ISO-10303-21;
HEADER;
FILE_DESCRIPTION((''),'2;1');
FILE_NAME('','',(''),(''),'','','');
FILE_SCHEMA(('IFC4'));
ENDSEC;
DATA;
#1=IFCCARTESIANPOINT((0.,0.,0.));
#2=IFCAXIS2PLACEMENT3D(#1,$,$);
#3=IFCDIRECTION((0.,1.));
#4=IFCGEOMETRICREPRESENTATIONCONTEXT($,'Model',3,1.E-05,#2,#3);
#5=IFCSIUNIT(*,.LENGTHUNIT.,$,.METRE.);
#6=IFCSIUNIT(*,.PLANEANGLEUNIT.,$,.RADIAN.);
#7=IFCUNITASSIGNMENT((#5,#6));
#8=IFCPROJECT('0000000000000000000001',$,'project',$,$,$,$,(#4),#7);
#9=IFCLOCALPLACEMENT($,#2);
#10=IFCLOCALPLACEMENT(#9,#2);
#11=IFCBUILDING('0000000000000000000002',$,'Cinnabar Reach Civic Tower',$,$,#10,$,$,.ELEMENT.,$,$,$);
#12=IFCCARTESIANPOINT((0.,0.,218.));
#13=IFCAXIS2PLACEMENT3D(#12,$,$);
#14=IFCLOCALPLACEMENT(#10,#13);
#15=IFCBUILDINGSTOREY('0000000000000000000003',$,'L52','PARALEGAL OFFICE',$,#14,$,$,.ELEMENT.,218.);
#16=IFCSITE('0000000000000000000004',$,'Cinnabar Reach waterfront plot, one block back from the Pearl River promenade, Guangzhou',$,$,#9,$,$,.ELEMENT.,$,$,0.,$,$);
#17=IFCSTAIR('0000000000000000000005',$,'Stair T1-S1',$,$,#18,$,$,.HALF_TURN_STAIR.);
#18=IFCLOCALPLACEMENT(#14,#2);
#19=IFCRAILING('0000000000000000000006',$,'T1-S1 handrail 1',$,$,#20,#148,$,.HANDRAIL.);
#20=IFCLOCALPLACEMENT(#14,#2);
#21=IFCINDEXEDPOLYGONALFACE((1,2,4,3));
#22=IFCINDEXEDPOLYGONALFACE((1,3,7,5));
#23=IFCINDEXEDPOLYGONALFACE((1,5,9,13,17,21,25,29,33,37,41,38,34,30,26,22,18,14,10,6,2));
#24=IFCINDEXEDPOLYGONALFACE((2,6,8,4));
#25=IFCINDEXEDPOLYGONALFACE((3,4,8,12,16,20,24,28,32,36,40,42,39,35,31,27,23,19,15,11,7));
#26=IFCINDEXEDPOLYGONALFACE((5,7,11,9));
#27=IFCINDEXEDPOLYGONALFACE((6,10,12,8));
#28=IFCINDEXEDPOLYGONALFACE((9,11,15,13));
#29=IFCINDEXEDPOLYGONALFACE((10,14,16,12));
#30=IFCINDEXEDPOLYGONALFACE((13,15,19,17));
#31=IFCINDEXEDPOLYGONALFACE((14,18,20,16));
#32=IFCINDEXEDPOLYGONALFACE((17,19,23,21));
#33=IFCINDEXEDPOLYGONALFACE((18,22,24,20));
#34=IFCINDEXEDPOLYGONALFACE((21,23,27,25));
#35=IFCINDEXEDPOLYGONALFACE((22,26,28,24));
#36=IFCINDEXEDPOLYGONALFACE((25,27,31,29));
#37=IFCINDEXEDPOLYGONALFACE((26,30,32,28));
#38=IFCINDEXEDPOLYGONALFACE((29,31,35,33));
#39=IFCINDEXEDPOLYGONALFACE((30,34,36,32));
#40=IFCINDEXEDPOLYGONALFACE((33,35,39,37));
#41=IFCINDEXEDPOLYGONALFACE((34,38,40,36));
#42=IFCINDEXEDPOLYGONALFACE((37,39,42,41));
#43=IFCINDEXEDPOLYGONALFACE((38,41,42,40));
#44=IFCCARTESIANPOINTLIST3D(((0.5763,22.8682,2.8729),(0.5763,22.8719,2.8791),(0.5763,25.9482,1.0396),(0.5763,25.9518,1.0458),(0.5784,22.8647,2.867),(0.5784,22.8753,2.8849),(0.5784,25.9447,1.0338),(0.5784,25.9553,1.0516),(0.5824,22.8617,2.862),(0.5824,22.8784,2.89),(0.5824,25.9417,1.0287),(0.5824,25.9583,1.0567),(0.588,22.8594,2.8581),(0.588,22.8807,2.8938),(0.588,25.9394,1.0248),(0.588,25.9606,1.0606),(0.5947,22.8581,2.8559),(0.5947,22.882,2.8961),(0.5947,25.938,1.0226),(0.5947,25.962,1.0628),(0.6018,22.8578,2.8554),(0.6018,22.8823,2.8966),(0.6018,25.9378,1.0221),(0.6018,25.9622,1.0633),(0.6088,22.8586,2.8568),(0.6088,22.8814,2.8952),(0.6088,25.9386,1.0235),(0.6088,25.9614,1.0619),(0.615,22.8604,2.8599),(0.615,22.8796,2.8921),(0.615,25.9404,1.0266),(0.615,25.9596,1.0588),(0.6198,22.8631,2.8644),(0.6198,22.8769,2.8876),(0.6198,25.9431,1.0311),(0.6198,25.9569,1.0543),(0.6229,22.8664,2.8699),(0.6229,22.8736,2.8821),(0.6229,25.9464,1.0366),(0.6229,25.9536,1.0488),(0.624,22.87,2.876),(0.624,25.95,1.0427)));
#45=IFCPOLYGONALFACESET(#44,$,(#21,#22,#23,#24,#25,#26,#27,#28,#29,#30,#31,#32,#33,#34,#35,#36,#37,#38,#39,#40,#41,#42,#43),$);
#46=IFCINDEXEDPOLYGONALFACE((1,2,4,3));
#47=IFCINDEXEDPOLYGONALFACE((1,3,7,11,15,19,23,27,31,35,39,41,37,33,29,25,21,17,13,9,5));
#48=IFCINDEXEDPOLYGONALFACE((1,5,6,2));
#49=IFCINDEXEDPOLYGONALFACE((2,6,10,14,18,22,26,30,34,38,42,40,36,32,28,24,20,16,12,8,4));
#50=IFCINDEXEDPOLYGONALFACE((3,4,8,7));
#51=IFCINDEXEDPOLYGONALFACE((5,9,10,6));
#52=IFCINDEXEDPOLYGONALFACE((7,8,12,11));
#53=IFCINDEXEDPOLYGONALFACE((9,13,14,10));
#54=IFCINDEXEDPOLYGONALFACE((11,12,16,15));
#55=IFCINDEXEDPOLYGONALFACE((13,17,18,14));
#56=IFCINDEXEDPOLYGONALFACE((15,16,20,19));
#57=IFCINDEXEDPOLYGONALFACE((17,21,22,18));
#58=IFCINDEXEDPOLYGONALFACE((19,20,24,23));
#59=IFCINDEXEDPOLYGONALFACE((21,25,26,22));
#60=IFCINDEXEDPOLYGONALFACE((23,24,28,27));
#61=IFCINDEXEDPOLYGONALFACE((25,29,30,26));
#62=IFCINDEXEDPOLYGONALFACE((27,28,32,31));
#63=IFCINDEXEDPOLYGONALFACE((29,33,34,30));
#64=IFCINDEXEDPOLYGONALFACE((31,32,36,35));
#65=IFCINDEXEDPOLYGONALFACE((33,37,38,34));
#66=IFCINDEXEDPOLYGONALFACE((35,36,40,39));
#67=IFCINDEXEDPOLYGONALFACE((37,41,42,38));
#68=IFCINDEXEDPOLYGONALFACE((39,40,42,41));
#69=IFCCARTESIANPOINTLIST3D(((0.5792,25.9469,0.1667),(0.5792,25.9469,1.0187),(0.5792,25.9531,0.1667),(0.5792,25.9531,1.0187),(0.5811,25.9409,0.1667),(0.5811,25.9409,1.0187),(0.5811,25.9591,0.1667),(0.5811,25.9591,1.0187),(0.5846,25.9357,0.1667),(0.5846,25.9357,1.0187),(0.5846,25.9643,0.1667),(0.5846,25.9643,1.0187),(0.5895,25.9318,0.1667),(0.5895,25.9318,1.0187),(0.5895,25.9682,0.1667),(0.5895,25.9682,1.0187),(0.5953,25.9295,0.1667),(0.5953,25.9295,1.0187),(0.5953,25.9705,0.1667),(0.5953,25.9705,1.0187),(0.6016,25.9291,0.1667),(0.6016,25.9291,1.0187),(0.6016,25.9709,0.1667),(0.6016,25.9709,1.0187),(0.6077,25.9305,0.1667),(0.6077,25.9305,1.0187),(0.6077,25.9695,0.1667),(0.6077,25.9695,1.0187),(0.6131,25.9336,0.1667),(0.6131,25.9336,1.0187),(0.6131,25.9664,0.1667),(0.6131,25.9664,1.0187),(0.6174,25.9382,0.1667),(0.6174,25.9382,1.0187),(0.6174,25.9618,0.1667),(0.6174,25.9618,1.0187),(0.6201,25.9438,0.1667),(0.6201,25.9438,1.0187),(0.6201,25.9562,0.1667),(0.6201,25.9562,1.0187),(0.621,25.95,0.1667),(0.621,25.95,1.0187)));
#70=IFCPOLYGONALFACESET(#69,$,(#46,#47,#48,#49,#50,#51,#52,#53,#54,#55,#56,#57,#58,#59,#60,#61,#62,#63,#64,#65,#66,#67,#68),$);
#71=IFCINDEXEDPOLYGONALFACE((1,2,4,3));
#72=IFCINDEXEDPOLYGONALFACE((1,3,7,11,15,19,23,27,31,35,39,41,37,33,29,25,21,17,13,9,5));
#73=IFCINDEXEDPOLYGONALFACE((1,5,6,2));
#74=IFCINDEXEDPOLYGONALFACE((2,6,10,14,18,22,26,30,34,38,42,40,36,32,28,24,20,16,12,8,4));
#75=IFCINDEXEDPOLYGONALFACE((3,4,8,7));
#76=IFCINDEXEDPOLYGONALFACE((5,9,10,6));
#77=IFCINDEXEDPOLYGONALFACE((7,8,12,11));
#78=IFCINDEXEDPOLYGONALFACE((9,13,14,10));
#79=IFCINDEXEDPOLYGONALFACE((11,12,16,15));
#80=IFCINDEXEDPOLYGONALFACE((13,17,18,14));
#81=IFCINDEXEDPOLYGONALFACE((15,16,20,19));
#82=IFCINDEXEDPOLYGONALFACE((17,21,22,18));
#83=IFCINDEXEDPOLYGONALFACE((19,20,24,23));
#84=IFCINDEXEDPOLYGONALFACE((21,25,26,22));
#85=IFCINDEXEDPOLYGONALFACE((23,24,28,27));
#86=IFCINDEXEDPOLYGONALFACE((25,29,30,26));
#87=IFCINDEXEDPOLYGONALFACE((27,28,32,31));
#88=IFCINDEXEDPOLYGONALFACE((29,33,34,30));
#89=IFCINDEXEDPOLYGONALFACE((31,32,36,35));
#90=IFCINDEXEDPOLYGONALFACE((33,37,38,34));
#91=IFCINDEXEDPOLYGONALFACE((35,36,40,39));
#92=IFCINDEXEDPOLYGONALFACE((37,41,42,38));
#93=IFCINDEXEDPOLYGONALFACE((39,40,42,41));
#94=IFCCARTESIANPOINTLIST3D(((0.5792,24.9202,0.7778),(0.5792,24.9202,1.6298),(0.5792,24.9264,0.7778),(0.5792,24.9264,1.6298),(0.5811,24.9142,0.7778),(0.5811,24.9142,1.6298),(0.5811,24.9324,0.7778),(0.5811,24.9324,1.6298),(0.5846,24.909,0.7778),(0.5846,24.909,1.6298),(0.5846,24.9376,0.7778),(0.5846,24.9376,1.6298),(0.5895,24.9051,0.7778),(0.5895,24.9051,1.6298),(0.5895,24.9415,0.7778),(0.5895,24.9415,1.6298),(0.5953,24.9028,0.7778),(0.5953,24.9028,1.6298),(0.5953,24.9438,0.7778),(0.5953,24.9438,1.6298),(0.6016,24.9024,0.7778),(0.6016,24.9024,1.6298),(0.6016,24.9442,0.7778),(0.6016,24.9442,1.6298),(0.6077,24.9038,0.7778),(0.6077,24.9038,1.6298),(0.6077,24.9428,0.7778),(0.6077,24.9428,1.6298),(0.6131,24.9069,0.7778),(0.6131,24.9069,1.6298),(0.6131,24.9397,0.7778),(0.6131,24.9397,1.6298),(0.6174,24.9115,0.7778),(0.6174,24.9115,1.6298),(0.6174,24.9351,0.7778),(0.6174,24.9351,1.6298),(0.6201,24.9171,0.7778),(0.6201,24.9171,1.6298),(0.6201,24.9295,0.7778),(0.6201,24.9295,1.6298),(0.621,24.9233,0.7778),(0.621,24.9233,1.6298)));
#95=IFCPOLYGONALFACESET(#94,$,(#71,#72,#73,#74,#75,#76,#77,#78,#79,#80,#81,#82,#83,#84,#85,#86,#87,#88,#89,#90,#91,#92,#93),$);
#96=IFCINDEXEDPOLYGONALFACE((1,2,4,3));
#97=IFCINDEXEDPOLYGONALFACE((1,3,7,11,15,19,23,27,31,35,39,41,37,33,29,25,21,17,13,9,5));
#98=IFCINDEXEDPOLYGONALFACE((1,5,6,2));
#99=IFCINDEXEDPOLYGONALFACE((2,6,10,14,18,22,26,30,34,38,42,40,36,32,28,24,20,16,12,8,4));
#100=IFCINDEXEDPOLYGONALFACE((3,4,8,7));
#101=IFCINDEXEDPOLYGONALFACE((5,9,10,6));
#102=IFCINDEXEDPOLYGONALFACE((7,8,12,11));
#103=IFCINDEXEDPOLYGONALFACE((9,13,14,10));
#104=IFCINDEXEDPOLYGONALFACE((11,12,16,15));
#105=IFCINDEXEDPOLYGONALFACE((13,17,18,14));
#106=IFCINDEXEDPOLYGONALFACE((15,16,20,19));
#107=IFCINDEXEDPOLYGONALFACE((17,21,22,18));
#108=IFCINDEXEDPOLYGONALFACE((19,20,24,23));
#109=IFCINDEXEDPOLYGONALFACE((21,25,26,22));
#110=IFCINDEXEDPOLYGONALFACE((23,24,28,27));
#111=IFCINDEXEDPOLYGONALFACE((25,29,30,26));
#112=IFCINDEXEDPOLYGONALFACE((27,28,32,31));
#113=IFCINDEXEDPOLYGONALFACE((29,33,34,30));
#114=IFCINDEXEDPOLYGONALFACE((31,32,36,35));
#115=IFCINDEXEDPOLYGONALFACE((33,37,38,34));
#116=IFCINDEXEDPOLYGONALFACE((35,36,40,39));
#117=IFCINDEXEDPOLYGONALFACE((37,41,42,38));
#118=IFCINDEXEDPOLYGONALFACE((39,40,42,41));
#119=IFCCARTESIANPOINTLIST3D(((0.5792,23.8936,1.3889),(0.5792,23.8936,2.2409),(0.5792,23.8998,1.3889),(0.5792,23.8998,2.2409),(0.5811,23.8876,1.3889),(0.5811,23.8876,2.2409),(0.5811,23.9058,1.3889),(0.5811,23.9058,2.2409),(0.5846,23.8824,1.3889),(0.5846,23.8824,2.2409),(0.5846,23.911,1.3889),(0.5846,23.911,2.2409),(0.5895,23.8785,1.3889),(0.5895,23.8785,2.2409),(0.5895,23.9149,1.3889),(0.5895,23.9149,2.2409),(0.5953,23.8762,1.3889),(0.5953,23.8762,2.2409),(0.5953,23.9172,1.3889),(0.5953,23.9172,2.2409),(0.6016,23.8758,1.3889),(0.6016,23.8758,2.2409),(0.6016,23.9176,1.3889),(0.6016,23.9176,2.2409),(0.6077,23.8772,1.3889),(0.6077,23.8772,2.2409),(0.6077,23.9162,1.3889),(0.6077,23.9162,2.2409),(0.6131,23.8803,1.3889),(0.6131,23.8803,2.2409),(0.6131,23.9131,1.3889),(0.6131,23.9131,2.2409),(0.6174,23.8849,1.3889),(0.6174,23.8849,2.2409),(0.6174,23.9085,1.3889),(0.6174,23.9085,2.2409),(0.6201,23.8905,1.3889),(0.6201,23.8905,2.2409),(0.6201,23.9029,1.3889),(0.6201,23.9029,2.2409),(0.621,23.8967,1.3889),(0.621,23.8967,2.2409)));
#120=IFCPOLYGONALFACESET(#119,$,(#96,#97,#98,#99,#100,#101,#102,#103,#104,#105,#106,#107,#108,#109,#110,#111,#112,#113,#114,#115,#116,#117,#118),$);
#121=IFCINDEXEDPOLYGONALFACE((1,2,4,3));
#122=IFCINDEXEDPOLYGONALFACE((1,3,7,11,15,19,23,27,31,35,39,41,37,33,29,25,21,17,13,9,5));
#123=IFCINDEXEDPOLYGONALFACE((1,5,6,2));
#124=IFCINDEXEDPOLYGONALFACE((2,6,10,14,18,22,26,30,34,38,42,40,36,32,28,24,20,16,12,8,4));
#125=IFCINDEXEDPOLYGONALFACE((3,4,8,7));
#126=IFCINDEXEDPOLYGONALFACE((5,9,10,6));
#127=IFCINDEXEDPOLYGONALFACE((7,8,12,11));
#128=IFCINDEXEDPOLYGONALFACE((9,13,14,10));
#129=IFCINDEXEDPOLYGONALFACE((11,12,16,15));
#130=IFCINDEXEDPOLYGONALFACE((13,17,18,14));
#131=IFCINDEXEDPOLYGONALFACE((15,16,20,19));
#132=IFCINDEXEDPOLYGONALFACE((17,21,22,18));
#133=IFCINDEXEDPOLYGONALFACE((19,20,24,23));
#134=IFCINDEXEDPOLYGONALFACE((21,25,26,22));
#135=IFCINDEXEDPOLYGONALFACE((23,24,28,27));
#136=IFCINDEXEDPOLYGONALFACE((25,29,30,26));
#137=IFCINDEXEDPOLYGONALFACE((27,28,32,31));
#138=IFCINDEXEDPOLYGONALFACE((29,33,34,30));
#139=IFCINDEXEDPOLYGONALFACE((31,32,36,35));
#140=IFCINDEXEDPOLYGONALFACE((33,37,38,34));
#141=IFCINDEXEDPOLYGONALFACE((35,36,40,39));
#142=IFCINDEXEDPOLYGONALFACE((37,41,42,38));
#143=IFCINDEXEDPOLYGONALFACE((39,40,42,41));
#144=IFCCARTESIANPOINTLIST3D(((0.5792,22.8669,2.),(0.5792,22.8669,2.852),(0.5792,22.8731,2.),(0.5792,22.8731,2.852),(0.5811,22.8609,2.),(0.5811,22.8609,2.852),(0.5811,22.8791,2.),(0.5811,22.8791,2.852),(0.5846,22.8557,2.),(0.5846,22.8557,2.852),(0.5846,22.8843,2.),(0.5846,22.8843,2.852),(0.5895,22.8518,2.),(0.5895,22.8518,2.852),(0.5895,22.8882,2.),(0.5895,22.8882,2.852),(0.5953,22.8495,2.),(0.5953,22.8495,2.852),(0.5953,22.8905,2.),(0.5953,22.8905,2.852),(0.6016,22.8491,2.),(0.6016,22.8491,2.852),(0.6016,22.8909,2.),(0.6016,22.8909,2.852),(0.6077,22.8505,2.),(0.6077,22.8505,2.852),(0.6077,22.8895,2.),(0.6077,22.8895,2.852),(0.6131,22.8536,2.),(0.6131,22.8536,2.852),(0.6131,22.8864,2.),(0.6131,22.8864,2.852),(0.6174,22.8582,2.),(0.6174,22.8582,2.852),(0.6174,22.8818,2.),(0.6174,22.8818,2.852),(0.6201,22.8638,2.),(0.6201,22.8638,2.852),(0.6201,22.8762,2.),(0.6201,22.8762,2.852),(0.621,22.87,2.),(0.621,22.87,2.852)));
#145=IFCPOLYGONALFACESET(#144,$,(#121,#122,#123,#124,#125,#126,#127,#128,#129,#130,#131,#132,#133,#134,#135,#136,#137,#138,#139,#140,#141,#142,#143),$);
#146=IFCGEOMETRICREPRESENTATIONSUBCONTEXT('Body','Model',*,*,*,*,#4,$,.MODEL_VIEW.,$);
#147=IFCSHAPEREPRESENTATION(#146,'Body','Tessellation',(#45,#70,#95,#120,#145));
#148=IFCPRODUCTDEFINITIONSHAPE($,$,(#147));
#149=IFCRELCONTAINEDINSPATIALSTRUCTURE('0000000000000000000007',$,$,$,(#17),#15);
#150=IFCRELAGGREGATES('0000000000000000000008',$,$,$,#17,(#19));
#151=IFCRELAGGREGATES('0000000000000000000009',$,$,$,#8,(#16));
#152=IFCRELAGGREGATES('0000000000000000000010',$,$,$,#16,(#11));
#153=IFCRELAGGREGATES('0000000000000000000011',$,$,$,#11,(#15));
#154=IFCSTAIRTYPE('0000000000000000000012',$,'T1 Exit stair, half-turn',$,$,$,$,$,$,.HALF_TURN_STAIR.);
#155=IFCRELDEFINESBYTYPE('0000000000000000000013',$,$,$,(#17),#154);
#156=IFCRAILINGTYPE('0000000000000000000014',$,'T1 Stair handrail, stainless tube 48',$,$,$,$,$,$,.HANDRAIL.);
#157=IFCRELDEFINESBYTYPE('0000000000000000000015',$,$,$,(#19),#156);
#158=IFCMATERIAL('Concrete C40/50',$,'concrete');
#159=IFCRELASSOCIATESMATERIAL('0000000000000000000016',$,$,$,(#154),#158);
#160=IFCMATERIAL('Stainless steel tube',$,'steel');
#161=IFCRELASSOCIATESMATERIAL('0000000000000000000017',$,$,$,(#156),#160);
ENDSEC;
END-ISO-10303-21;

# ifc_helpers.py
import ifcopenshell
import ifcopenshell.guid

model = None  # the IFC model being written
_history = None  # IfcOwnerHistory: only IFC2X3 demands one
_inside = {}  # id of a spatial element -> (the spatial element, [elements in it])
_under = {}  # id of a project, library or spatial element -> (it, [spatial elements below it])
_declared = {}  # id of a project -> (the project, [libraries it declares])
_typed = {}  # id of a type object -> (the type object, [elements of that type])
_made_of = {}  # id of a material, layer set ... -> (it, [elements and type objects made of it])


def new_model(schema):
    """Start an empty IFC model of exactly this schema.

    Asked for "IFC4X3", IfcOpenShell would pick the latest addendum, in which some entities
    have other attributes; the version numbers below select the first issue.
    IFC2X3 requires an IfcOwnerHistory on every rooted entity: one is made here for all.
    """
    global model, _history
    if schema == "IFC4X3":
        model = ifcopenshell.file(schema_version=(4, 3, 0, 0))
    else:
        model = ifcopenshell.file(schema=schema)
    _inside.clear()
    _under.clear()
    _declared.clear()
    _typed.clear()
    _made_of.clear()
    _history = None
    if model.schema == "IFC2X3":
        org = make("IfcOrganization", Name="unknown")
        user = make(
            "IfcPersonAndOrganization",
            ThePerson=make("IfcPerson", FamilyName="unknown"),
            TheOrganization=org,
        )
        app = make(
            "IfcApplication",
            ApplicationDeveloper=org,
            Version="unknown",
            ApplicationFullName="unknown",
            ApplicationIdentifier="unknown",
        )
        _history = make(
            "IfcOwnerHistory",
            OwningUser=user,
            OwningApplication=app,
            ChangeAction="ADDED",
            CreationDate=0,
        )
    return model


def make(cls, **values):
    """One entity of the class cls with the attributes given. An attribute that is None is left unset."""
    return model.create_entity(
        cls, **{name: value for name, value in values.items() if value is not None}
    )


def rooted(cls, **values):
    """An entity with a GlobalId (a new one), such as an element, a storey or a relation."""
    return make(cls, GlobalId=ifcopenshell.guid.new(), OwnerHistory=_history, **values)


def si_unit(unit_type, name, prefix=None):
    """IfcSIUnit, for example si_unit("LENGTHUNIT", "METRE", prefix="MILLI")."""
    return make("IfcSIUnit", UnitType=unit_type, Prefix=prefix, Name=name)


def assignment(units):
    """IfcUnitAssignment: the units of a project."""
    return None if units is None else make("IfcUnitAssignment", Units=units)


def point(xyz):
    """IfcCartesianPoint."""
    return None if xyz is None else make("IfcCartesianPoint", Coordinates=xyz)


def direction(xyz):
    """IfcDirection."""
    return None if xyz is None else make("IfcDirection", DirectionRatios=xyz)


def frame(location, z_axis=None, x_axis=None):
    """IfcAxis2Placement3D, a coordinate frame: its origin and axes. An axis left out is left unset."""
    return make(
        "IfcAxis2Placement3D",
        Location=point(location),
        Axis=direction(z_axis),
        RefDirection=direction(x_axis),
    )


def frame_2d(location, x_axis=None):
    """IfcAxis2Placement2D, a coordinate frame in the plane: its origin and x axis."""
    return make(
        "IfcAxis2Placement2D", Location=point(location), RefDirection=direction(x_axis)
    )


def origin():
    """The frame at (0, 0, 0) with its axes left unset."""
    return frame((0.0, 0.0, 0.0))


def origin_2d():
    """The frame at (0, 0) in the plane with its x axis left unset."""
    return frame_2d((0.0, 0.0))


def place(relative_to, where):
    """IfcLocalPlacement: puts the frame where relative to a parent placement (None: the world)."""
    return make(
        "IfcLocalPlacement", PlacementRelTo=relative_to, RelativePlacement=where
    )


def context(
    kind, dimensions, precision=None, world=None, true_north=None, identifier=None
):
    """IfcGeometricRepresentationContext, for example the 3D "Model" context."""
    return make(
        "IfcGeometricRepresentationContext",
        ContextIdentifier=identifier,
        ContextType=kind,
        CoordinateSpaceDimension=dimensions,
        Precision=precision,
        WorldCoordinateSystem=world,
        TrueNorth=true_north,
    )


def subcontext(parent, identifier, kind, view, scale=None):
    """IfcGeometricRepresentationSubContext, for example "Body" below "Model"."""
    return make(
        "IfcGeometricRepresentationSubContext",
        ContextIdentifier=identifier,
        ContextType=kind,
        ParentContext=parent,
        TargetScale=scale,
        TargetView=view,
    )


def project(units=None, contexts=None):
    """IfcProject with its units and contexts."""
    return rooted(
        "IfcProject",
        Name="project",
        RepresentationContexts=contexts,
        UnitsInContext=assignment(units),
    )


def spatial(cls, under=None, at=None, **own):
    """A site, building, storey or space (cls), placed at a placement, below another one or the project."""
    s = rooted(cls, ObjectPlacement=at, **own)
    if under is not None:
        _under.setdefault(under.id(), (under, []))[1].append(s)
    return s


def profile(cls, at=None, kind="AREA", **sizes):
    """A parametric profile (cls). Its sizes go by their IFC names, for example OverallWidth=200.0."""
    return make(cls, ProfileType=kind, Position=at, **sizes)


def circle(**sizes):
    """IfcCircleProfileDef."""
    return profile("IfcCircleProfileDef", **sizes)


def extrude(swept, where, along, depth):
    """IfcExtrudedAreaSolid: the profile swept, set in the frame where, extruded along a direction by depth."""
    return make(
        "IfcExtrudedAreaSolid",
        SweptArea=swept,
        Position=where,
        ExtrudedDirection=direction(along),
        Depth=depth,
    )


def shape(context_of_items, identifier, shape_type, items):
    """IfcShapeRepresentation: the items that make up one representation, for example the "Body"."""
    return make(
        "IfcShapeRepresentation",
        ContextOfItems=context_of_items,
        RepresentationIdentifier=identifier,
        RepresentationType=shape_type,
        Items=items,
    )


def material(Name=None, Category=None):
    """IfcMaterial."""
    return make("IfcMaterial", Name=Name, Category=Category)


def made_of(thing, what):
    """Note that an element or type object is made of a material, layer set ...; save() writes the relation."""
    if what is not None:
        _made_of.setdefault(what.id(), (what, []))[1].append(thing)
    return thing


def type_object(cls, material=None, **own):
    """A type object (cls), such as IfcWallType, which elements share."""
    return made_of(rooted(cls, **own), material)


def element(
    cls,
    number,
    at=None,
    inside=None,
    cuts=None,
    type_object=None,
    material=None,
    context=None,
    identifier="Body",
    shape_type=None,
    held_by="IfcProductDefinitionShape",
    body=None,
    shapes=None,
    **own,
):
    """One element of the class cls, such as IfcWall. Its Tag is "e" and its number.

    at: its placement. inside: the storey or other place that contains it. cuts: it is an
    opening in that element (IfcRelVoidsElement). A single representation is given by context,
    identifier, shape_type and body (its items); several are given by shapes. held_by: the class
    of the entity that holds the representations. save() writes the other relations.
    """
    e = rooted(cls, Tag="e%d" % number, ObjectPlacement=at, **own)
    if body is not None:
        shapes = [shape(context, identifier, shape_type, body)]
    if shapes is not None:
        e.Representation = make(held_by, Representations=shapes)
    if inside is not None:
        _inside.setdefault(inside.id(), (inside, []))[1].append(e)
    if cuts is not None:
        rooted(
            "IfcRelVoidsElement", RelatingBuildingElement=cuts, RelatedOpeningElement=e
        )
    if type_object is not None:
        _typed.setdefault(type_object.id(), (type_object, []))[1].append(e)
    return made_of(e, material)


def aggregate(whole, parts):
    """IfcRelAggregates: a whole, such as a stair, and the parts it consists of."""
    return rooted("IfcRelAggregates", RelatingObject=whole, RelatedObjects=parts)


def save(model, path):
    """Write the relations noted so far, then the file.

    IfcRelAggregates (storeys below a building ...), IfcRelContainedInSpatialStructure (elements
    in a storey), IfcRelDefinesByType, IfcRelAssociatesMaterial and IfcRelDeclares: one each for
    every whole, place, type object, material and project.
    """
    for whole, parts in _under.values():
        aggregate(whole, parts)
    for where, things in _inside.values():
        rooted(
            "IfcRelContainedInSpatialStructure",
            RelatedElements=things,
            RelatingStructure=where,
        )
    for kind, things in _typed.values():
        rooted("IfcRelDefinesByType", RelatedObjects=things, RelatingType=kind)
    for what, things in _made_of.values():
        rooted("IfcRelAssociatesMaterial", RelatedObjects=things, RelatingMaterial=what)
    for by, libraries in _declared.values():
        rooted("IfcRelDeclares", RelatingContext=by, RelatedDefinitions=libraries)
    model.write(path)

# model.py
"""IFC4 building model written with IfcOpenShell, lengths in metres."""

from ifc_helpers import new_model, si_unit, direction, frame, origin, origin_2d, place, context, subcontext, project, spatial, circle, extrude, material, type_object, element, aggregate, save


model = new_model("IFC4")

# Units and contexts
model_context = context("Model", 3, precision=1e-05, world=origin(), true_north=direction((0.0, 1.0)))
body_context = subcontext(model_context, "Body", "Model", "MODEL_VIEW")
ifc_project = project(units=[si_unit("LENGTHUNIT", "METRE"), si_unit("PLANEANGLEUNIT", "RADIAN")], contexts=[model_context])

# Site, building, storey
site_placement = place(None, origin())
site = spatial("IfcSite", under=ifc_project, at=site_placement, Name="Cinnabar Reach waterfront plot, one block back from the Pearl River promenade, Guangzhou", CompositionType="ELEMENT", RefElevation=0.0)
building_placement = place(site_placement, origin())
building = spatial("IfcBuilding", under=site, at=building_placement, Name="Cinnabar Reach Civic Tower", CompositionType="ELEMENT")
storey_placement = place(building_placement, frame((0.0, 0.0, 218.0)))
storey = spatial("IfcBuildingStorey", under=building, at=storey_placement, Name="L52", Description="PARALEGAL OFFICE", CompositionType="ELEMENT", Elevation=218.0)

# Shared definitions
ifc_material_1 = material(Name="Concrete C40/50", Category="concrete")

# Stair, railing
stair_type = type_object("IfcStairType", Name="T1 Exit stair, half-turn", PredefinedType="HALF_TURN_STAIR", material=ifc_material_1)
stair_placement = place(storey_placement, origin())
stair = element("IfcStair", 1, at=stair_placement, inside=storey, type_object=stair_type, Name="Stair T1-S1", PredefinedType="HALF_TURN_STAIR")
ifc_material_2 = material(Name="Stainless steel tube", Category="steel")
railing_type = type_object("IfcRailingType", Name="T1 Stair handrail, stainless tube 48", PredefinedType="HANDRAIL", material=ifc_material_2)
railing_1_placement = place(storey_placement, frame((0.6, 25.95, 0.1667)))
railing_1 = element("IfcRailing", 2, at=railing_1_placement, type_object=railing_type, Name="T1-S1 handrail 1", PredefinedType="HANDRAIL", context=body_context, shape_type="SweptSolid", body=[
    extrude(circle(Radius=0.024, at=origin_2d()), frame((0.0, 0.0, 0.876), z_axis=(0.0, -0.859297, 0.511477), x_axis=(1.0, 0.0, 0.0)), (0.0, 0.0, 1.0), 3.5843),
    extrude(circle(Radius=0.021, at=origin_2d()), origin(), (0.0, 0.0, 1.0), 0.852),
    extrude(circle(Radius=0.021, at=origin_2d()), frame((0.0, -1.0267, 0.6111)), (0.0, 0.0, 1.0), 0.852),
    extrude(circle(Radius=0.021, at=origin_2d()), frame((0.0, -2.0533, 1.2222)), (0.0, 0.0, 1.0), 0.852),
    extrude(circle(Radius=0.021, at=origin_2d()), frame((0.0, -3.08, 1.8333)), (0.0, 0.0, 1.0), 0.852),
])
aggregate(stair, [railing_1])

save(model, "model.ifc")
